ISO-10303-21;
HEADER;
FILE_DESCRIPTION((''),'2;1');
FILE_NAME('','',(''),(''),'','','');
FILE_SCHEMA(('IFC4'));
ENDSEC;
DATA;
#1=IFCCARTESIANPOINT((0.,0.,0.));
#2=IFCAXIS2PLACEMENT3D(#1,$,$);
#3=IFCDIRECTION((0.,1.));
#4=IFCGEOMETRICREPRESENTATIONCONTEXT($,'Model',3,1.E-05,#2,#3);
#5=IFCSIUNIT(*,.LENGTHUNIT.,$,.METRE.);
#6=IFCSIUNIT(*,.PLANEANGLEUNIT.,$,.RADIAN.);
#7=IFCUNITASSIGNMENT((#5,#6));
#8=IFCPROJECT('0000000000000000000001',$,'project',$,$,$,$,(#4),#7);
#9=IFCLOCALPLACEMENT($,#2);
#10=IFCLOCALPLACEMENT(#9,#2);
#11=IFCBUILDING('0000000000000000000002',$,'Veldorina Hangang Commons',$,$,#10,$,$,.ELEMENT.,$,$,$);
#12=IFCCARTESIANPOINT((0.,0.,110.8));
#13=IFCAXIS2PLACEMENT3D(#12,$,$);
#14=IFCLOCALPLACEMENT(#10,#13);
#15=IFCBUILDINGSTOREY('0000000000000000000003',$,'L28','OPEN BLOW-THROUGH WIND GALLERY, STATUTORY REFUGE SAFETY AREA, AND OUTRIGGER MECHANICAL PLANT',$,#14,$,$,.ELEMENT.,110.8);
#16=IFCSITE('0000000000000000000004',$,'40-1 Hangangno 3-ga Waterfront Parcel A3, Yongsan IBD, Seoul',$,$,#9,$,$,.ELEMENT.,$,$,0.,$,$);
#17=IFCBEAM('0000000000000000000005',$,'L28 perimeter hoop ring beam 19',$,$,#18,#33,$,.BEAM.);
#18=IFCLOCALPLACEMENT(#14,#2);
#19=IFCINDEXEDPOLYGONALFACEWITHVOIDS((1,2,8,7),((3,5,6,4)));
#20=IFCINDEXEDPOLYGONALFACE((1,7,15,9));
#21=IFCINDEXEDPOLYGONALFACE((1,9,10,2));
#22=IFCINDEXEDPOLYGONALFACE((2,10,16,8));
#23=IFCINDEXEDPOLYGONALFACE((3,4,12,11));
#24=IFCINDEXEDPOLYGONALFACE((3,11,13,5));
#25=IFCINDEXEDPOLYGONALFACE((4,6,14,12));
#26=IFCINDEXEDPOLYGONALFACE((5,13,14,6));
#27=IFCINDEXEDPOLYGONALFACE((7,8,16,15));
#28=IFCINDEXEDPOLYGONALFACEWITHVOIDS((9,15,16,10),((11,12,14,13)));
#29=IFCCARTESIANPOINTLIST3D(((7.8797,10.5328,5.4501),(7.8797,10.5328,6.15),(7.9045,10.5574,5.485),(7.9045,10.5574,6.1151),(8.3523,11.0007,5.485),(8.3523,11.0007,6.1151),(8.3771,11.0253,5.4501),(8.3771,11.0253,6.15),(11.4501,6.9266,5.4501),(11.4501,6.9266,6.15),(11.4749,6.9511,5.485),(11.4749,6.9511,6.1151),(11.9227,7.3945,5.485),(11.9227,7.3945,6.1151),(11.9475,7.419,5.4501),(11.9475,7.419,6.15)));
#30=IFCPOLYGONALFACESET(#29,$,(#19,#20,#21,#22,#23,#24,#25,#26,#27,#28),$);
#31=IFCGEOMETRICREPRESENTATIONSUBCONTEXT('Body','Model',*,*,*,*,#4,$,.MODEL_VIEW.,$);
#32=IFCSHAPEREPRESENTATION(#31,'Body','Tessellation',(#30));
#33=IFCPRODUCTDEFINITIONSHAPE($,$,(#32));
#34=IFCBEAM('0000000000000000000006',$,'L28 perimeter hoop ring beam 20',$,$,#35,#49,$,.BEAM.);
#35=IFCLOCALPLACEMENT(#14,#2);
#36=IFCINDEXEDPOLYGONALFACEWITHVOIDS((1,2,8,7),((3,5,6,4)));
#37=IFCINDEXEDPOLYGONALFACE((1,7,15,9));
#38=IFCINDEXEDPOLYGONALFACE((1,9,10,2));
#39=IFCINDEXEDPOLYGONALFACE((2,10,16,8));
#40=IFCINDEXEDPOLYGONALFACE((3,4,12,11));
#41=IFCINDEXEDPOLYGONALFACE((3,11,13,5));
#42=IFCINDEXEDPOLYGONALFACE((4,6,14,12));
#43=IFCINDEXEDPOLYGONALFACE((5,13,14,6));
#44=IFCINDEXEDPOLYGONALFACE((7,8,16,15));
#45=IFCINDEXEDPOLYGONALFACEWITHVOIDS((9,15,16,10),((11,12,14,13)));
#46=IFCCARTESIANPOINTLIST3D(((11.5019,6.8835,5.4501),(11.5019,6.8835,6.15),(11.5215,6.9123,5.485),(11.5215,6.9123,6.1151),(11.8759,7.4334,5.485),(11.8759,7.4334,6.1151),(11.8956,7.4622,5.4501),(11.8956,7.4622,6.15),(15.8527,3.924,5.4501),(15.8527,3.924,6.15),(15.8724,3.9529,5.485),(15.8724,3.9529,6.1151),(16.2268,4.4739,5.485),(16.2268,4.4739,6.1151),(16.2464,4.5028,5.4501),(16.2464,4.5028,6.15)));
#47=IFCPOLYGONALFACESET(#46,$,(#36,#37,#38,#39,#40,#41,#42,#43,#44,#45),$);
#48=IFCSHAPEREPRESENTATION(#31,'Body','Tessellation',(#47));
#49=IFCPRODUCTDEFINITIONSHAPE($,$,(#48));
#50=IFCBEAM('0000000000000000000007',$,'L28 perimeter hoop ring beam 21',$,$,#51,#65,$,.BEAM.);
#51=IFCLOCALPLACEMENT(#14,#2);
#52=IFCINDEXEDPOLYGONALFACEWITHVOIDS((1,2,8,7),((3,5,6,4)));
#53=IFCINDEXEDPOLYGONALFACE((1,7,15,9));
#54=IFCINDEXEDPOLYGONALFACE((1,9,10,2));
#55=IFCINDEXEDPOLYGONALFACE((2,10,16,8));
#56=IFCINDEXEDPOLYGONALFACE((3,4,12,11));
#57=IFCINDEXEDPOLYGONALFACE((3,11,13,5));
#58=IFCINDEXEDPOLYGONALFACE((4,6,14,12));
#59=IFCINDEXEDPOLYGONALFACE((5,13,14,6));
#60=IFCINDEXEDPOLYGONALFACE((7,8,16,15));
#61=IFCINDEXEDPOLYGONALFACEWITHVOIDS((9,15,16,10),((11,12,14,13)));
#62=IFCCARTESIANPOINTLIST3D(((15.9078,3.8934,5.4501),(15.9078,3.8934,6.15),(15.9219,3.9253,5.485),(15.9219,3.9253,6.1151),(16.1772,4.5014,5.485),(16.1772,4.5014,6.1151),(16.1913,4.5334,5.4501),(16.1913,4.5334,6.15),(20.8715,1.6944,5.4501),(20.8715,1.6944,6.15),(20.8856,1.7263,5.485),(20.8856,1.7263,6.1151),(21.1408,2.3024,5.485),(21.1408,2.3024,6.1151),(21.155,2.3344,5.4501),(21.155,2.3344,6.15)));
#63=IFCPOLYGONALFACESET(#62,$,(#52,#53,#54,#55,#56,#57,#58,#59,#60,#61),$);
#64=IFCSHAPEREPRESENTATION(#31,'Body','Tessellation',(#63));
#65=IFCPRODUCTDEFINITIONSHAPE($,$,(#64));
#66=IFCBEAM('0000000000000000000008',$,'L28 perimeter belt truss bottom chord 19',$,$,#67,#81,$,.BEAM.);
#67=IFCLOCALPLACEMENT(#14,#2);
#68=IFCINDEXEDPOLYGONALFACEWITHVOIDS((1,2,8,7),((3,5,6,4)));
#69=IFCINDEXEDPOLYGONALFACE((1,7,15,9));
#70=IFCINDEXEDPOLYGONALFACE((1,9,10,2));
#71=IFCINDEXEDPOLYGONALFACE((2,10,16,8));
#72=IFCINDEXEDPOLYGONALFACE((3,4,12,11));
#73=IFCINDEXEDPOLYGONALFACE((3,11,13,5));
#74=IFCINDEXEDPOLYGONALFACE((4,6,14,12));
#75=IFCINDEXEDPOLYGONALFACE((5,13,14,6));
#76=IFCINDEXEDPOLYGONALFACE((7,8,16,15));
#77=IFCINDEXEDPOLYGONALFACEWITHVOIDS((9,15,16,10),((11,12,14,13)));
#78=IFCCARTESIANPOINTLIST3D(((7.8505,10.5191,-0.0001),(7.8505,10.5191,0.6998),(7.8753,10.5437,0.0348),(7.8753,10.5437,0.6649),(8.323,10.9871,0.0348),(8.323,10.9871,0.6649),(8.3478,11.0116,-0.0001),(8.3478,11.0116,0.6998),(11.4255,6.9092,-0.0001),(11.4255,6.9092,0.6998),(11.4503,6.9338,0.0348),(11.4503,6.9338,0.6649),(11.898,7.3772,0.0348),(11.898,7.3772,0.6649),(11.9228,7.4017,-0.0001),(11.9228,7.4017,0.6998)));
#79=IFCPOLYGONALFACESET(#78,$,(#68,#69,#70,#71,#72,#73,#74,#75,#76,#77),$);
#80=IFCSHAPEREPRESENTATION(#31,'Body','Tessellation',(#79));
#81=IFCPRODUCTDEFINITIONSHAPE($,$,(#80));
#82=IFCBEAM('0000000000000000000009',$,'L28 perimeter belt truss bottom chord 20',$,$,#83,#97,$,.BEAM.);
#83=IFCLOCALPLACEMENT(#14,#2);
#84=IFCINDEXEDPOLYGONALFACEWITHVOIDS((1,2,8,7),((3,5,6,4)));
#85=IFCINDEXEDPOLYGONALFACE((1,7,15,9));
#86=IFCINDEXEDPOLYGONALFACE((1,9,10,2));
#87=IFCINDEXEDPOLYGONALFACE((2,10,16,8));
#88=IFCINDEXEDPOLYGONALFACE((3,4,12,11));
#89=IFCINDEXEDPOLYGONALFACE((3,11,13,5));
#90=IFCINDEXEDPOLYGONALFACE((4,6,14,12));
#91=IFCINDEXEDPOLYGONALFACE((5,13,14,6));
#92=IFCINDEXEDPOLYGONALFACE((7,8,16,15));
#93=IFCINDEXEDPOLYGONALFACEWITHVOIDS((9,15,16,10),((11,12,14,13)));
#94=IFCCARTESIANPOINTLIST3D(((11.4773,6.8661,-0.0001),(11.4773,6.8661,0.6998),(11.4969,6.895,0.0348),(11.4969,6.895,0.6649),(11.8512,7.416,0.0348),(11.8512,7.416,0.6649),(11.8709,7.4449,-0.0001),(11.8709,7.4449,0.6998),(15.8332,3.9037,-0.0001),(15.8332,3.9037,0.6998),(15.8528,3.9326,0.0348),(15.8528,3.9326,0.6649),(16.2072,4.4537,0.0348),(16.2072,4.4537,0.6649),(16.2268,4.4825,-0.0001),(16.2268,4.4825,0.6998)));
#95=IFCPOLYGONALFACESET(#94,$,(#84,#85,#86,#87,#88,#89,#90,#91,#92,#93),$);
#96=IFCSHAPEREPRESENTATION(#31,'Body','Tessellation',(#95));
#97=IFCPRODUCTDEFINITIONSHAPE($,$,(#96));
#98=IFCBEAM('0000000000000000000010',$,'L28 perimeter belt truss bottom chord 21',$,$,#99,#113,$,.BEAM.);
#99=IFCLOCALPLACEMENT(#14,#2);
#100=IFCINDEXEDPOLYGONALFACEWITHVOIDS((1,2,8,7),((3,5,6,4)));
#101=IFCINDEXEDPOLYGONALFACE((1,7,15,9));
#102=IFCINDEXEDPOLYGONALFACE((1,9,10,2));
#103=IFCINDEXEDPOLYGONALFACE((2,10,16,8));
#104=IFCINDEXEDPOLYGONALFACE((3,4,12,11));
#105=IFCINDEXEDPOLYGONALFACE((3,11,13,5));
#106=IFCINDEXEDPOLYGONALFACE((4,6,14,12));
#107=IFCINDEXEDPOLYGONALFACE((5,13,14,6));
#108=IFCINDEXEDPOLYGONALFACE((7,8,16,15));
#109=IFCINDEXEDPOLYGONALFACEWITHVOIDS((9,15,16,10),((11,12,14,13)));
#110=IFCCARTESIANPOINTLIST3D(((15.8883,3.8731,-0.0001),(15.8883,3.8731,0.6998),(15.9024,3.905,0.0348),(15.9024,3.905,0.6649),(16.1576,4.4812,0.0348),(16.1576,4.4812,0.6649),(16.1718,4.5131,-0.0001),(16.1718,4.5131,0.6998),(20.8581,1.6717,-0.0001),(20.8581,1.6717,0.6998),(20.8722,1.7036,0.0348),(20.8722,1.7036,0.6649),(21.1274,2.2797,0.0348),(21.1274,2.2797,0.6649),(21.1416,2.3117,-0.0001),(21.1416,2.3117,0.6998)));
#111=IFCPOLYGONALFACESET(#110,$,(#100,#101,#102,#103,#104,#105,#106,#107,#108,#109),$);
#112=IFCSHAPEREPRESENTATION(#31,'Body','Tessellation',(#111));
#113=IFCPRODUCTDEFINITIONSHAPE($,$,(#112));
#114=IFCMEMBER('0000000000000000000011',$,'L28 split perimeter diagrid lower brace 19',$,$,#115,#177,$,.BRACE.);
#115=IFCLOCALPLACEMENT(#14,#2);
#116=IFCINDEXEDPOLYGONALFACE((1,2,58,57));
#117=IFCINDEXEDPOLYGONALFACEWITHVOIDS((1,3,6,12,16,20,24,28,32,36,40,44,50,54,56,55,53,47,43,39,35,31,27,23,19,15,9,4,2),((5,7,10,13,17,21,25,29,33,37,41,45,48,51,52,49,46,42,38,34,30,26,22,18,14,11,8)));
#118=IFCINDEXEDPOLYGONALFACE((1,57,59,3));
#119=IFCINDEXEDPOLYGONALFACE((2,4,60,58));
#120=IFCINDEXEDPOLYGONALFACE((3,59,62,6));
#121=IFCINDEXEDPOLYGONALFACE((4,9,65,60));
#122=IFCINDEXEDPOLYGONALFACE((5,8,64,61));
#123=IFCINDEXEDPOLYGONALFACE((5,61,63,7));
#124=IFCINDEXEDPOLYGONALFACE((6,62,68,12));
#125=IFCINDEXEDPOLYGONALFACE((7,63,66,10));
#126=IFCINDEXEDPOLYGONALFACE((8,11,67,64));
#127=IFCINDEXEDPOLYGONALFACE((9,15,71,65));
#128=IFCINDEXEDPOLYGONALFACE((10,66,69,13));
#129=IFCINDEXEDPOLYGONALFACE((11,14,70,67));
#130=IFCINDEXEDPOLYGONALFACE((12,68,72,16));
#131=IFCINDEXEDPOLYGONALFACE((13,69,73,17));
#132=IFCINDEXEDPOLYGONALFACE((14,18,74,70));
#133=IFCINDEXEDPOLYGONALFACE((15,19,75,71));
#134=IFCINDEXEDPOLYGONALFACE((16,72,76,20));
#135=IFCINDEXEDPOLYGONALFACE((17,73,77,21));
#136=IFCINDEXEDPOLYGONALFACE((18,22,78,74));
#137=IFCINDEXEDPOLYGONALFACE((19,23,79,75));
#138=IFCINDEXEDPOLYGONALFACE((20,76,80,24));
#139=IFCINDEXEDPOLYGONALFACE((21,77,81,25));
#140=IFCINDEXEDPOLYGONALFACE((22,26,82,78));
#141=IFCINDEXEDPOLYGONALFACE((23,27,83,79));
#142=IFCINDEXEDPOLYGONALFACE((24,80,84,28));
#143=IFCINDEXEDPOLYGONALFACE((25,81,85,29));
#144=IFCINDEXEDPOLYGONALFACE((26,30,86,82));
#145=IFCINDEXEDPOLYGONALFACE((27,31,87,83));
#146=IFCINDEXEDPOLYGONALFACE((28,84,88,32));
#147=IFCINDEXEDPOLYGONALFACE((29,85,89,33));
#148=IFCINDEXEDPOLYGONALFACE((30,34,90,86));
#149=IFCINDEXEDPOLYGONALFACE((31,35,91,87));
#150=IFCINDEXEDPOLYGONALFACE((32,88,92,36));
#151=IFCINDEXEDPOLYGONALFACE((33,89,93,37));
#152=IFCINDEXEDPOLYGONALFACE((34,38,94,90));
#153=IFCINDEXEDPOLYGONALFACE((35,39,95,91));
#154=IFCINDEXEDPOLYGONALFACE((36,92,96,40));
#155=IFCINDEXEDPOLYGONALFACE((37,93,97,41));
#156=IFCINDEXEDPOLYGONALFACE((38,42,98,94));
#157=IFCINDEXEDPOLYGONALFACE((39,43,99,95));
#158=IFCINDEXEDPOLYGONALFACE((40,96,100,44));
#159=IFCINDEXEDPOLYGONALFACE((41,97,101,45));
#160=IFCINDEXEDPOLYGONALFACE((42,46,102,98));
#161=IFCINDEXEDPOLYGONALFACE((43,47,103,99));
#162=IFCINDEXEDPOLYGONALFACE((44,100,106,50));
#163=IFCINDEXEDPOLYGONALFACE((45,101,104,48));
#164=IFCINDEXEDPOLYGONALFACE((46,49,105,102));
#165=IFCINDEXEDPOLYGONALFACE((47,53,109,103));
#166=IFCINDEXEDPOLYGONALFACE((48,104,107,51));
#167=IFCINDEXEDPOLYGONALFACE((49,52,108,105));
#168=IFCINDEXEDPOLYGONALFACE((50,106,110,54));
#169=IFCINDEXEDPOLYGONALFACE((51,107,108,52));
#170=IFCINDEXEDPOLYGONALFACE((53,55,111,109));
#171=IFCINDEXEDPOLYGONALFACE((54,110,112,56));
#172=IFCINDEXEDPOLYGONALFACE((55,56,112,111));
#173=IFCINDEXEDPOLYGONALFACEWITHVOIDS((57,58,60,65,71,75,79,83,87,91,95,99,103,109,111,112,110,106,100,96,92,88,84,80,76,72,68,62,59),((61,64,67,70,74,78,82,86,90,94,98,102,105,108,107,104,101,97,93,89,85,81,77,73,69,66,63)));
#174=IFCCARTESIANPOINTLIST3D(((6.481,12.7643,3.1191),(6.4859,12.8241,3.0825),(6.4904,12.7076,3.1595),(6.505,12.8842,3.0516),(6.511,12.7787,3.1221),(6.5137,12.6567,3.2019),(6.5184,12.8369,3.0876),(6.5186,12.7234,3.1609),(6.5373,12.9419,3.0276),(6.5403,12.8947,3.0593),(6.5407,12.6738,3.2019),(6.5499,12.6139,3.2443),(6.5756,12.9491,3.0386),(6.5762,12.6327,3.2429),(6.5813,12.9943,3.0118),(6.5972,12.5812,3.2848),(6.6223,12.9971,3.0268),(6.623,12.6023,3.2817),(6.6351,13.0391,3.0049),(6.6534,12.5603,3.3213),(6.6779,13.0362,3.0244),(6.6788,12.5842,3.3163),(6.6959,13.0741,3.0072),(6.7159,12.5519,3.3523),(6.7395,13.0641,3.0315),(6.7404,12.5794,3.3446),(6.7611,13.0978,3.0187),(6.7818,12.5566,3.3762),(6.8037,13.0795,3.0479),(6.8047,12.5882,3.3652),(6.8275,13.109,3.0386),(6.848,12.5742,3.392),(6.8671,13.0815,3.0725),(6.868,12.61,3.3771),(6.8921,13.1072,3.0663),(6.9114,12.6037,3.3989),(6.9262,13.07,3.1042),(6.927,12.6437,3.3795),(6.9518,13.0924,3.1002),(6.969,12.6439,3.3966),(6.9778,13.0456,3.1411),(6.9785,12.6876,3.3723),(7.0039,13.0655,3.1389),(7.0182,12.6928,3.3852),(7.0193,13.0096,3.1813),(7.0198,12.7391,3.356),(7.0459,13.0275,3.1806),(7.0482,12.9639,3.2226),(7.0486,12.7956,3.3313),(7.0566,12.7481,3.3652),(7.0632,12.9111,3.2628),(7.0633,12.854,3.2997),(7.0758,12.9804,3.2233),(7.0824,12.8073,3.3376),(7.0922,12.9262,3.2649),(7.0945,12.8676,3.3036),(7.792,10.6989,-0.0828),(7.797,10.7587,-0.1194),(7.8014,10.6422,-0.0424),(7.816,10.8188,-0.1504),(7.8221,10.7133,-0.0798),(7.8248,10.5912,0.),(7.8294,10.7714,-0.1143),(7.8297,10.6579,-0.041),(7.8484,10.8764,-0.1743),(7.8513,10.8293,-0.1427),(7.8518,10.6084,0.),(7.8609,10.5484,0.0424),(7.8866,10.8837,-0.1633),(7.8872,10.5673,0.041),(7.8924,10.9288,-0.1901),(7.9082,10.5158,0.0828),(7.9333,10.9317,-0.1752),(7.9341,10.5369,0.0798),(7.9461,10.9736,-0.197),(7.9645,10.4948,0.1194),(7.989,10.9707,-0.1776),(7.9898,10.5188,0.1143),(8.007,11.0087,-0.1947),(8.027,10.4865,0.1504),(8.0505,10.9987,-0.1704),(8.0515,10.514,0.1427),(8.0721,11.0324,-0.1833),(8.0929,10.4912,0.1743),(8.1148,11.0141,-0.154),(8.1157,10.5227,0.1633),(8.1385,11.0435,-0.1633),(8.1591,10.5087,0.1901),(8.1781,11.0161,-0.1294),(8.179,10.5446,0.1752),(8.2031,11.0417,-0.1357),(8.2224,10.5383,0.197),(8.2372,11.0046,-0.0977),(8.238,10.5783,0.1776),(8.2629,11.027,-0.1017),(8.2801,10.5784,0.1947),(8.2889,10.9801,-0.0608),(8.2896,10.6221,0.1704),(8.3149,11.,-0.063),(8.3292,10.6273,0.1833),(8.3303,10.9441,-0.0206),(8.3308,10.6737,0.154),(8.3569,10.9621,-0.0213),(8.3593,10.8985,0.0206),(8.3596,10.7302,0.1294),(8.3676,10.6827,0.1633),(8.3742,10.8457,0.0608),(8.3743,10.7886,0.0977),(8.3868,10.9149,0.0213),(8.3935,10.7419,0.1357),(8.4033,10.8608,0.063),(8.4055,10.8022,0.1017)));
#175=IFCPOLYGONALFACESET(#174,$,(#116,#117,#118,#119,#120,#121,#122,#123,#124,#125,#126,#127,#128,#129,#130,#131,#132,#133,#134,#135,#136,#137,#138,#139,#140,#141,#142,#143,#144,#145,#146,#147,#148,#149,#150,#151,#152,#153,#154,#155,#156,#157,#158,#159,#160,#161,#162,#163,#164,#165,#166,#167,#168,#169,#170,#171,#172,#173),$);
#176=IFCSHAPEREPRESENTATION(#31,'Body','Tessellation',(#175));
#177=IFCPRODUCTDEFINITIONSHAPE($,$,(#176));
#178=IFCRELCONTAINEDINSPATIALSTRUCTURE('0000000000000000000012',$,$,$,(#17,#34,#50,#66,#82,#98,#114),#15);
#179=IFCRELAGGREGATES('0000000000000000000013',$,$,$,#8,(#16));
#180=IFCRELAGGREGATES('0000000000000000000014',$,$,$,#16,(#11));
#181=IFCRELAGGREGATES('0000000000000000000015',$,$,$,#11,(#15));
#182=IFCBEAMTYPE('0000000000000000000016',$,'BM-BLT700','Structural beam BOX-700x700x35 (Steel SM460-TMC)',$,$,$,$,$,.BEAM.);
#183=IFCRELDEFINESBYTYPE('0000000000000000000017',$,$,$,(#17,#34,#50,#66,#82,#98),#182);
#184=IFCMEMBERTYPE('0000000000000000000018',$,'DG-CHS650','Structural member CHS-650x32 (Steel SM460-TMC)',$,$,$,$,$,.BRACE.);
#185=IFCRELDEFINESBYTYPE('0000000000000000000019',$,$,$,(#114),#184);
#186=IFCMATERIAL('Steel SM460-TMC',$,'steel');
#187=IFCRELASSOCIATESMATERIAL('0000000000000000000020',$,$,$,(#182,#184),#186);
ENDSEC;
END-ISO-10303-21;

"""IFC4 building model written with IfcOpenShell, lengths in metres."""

from ifc_helpers import new_model, si_unit, direction, frame, origin, origin_2d, place, context, subcontext, project, spatial, hollow_rectangle, hollow_circle, extrude, material, material_profile, profile_set, type_object, element, save


model = new_model("IFC4")

# Units and contexts
model_context = context("Model", 3, precision=1e-05, world=origin(), true_north=direction((0.0, 1.0)))
body_context = subcontext(model_context, "Body", "Model", "MODEL_VIEW")
ifc_project = project(units=[si_unit("LENGTHUNIT", "METRE"), si_unit("PLANEANGLEUNIT", "RADIAN")], contexts=[model_context])

# Site, building, storey
site_placement = place(None, origin())
site = spatial("IfcSite", under=ifc_project, at=site_placement, Name="40-1 Hangangno 3-ga Waterfront Parcel A3, Yongsan IBD, Seoul", CompositionType="ELEMENT", RefElevation=0.0)
building_placement = place(site_placement, origin())
building = spatial("IfcBuilding", under=site, at=building_placement, Name="Veldorina Hangang Commons", CompositionType="ELEMENT")
storey_placement = place(building_placement, frame((0.0, 0.0, 110.8)))
storey = spatial("IfcBuildingStorey", under=building, at=storey_placement, Name="L28", Description="OPEN BLOW-THROUGH WIND GALLERY, STATUTORY REFUGE SAFETY AREA, AND OUTRIGGER MECHANICAL PLANT", CompositionType="ELEMENT", Elevation=110.8)

# Beams
ifc_material_1 = material(Name="Steel SM460-TMC", Category="steel")
ifc_material_profile_1 = material_profile(ifc_material_1, hollow_rectangle(XDim=0.7, YDim=0.7, WallThickness=0.0349, at=origin_2d()), Name="BOX-700x700x35")
ifc_profile_set_1 = profile_set([ifc_material_profile_1], Name="Steel SM460-TMC")
beam_type = type_object("IfcBeamType", Name="BM-BLT700", Description="Structural beam BOX-700x700x35 (Steel SM460-TMC)", PredefinedType="BEAM", material=ifc_profile_set_1)
beam_1_placement = place(storey_placement, frame((8.1284, 10.7791, 5.8), z_axis=(0.703562, -0.710634, 0.0), x_axis=(0.710634, 0.703562, 0.0)))
element("IfcBeam", 1, at=beam_1_placement, inside=storey, type_object=beam_type, Name="L28 perimeter hoop ring beam 19", PredefinedType="BEAM", context=body_context, shape_type="SweptSolid", body=[
    extrude(hollow_rectangle(XDim=0.7, YDim=0.7, WallThickness=0.0349, at=origin_2d()), origin(), (0.0, 0.0, 1.0), 5.0747),
])
beam_2_placement = place(storey_placement, frame((11.6987, 7.1729, 5.8), z_axis=(0.826846, -0.562428, 0.0), x_axis=(0.562428, 0.826846, 0.0)))
element("IfcBeam", 2, at=beam_2_placement, inside=storey, type_object=beam_type, Name="L28 perimeter hoop ring beam 20", PredefinedType="BEAM", context=body_context, shape_type="SweptSolid", body=[
    extrude(hollow_rectangle(XDim=0.7, YDim=0.7, WallThickness=0.0349, at=origin_2d()), origin(), (0.0, 0.0, 1.0), 5.262),
])
beam_3_placement = place(storey_placement, frame((16.0496, 4.2134, 5.8), z_axis=(0.914295, -0.405049, 0.0), x_axis=(0.405049, 0.914295, 0.0)))
element("IfcBeam", 3, at=beam_3_placement, inside=storey, type_object=beam_type, Name="L28 perimeter hoop ring beam 21", PredefinedType="BEAM", context=body_context, shape_type="SweptSolid", body=[
    extrude(hollow_rectangle(XDim=0.7, YDim=0.7, WallThickness=0.0349, at=origin_2d()), origin(), (0.0, 0.0, 1.0), 5.429),
])
beam_4_placement = place(storey_placement, frame((8.0991, 10.7654, 0.3499), z_axis=(0.703663, -0.710534, 0.0), x_axis=(0.710534, 0.703663, 0.0)))
element("IfcBeam", 4, at=beam_4_placement, inside=storey, type_object=beam_type, Name="L28 perimeter belt truss bottom chord 19", PredefinedType="BEAM", context=body_context, shape_type="SweptSolid", body=[
    extrude(hollow_rectangle(XDim=0.7, YDim=0.7, WallThickness=0.0349, at=origin_2d()), origin(), (0.0, 0.0, 1.0), 5.0806),
])
beam_5_placement = place(storey_placement, frame((11.6741, 7.1555, 0.3499), z_axis=(0.826895, -0.562356, 0.0), x_axis=(0.562356, 0.826895, 0.0)))
element("IfcBeam", 5, at=beam_5_placement, inside=storey, type_object=beam_type, Name="L28 perimeter belt truss bottom chord 20", PredefinedType="BEAM", context=body_context, shape_type="SweptSolid", body=[
    extrude(hollow_rectangle(XDim=0.7, YDim=0.7, WallThickness=0.0349, at=origin_2d()), origin(), (0.0, 0.0, 1.0), 5.2678),
])
beam_6_placement = place(storey_placement, frame((16.03, 4.1931, 0.3499), z_axis=(0.914313, -0.405009, 0.0), x_axis=(0.405009, 0.914313, 0.0)))
element("IfcBeam", 6, at=beam_6_placement, inside=storey, type_object=beam_type, Name="L28 perimeter belt truss bottom chord 21", PredefinedType="BEAM", context=body_context, shape_type="SweptSolid", body=[
    extrude(hollow_rectangle(XDim=0.7, YDim=0.7, WallThickness=0.0349, at=origin_2d()), origin(), (0.0, 0.0, 1.0), 5.4355),
])

# Member
ifc_material_profile_2 = material_profile(ifc_material_1, hollow_circle(Radius=0.325, WallThickness=0.032, at=origin_2d()), Name="CHS-650x32")
ifc_profile_set_2 = profile_set([ifc_material_profile_2], Name="Steel SM460-TMC")
member_type_1 = type_object("IfcMemberType", Name="DG-CHS650", Description="Structural member CHS-650x32 (Steel SM460-TMC)", PredefinedType="BRACE", material=ifc_profile_set_2)
member_1_placement = place(storey_placement, frame((8.0991, 10.7654, 0.0), z_axis=(-0.325358, 0.512575, 0.794613), x_axis=(-0.844277, -0.535907, 0.0)))
element("IfcMember", 7, at=member_1_placement, inside=storey, type_object=member_type_1, Name="L28 split perimeter diagrid lower brace 19", PredefinedType="BRACE", context=body_context, shape_type="SweptSolid", body=[
    extrude(hollow_circle(Radius=0.325, WallThickness=0.032, at=origin_2d()), origin(), (0.0, 0.0, 1.0), 4.0295),
])

save(model, "model.ifc")
